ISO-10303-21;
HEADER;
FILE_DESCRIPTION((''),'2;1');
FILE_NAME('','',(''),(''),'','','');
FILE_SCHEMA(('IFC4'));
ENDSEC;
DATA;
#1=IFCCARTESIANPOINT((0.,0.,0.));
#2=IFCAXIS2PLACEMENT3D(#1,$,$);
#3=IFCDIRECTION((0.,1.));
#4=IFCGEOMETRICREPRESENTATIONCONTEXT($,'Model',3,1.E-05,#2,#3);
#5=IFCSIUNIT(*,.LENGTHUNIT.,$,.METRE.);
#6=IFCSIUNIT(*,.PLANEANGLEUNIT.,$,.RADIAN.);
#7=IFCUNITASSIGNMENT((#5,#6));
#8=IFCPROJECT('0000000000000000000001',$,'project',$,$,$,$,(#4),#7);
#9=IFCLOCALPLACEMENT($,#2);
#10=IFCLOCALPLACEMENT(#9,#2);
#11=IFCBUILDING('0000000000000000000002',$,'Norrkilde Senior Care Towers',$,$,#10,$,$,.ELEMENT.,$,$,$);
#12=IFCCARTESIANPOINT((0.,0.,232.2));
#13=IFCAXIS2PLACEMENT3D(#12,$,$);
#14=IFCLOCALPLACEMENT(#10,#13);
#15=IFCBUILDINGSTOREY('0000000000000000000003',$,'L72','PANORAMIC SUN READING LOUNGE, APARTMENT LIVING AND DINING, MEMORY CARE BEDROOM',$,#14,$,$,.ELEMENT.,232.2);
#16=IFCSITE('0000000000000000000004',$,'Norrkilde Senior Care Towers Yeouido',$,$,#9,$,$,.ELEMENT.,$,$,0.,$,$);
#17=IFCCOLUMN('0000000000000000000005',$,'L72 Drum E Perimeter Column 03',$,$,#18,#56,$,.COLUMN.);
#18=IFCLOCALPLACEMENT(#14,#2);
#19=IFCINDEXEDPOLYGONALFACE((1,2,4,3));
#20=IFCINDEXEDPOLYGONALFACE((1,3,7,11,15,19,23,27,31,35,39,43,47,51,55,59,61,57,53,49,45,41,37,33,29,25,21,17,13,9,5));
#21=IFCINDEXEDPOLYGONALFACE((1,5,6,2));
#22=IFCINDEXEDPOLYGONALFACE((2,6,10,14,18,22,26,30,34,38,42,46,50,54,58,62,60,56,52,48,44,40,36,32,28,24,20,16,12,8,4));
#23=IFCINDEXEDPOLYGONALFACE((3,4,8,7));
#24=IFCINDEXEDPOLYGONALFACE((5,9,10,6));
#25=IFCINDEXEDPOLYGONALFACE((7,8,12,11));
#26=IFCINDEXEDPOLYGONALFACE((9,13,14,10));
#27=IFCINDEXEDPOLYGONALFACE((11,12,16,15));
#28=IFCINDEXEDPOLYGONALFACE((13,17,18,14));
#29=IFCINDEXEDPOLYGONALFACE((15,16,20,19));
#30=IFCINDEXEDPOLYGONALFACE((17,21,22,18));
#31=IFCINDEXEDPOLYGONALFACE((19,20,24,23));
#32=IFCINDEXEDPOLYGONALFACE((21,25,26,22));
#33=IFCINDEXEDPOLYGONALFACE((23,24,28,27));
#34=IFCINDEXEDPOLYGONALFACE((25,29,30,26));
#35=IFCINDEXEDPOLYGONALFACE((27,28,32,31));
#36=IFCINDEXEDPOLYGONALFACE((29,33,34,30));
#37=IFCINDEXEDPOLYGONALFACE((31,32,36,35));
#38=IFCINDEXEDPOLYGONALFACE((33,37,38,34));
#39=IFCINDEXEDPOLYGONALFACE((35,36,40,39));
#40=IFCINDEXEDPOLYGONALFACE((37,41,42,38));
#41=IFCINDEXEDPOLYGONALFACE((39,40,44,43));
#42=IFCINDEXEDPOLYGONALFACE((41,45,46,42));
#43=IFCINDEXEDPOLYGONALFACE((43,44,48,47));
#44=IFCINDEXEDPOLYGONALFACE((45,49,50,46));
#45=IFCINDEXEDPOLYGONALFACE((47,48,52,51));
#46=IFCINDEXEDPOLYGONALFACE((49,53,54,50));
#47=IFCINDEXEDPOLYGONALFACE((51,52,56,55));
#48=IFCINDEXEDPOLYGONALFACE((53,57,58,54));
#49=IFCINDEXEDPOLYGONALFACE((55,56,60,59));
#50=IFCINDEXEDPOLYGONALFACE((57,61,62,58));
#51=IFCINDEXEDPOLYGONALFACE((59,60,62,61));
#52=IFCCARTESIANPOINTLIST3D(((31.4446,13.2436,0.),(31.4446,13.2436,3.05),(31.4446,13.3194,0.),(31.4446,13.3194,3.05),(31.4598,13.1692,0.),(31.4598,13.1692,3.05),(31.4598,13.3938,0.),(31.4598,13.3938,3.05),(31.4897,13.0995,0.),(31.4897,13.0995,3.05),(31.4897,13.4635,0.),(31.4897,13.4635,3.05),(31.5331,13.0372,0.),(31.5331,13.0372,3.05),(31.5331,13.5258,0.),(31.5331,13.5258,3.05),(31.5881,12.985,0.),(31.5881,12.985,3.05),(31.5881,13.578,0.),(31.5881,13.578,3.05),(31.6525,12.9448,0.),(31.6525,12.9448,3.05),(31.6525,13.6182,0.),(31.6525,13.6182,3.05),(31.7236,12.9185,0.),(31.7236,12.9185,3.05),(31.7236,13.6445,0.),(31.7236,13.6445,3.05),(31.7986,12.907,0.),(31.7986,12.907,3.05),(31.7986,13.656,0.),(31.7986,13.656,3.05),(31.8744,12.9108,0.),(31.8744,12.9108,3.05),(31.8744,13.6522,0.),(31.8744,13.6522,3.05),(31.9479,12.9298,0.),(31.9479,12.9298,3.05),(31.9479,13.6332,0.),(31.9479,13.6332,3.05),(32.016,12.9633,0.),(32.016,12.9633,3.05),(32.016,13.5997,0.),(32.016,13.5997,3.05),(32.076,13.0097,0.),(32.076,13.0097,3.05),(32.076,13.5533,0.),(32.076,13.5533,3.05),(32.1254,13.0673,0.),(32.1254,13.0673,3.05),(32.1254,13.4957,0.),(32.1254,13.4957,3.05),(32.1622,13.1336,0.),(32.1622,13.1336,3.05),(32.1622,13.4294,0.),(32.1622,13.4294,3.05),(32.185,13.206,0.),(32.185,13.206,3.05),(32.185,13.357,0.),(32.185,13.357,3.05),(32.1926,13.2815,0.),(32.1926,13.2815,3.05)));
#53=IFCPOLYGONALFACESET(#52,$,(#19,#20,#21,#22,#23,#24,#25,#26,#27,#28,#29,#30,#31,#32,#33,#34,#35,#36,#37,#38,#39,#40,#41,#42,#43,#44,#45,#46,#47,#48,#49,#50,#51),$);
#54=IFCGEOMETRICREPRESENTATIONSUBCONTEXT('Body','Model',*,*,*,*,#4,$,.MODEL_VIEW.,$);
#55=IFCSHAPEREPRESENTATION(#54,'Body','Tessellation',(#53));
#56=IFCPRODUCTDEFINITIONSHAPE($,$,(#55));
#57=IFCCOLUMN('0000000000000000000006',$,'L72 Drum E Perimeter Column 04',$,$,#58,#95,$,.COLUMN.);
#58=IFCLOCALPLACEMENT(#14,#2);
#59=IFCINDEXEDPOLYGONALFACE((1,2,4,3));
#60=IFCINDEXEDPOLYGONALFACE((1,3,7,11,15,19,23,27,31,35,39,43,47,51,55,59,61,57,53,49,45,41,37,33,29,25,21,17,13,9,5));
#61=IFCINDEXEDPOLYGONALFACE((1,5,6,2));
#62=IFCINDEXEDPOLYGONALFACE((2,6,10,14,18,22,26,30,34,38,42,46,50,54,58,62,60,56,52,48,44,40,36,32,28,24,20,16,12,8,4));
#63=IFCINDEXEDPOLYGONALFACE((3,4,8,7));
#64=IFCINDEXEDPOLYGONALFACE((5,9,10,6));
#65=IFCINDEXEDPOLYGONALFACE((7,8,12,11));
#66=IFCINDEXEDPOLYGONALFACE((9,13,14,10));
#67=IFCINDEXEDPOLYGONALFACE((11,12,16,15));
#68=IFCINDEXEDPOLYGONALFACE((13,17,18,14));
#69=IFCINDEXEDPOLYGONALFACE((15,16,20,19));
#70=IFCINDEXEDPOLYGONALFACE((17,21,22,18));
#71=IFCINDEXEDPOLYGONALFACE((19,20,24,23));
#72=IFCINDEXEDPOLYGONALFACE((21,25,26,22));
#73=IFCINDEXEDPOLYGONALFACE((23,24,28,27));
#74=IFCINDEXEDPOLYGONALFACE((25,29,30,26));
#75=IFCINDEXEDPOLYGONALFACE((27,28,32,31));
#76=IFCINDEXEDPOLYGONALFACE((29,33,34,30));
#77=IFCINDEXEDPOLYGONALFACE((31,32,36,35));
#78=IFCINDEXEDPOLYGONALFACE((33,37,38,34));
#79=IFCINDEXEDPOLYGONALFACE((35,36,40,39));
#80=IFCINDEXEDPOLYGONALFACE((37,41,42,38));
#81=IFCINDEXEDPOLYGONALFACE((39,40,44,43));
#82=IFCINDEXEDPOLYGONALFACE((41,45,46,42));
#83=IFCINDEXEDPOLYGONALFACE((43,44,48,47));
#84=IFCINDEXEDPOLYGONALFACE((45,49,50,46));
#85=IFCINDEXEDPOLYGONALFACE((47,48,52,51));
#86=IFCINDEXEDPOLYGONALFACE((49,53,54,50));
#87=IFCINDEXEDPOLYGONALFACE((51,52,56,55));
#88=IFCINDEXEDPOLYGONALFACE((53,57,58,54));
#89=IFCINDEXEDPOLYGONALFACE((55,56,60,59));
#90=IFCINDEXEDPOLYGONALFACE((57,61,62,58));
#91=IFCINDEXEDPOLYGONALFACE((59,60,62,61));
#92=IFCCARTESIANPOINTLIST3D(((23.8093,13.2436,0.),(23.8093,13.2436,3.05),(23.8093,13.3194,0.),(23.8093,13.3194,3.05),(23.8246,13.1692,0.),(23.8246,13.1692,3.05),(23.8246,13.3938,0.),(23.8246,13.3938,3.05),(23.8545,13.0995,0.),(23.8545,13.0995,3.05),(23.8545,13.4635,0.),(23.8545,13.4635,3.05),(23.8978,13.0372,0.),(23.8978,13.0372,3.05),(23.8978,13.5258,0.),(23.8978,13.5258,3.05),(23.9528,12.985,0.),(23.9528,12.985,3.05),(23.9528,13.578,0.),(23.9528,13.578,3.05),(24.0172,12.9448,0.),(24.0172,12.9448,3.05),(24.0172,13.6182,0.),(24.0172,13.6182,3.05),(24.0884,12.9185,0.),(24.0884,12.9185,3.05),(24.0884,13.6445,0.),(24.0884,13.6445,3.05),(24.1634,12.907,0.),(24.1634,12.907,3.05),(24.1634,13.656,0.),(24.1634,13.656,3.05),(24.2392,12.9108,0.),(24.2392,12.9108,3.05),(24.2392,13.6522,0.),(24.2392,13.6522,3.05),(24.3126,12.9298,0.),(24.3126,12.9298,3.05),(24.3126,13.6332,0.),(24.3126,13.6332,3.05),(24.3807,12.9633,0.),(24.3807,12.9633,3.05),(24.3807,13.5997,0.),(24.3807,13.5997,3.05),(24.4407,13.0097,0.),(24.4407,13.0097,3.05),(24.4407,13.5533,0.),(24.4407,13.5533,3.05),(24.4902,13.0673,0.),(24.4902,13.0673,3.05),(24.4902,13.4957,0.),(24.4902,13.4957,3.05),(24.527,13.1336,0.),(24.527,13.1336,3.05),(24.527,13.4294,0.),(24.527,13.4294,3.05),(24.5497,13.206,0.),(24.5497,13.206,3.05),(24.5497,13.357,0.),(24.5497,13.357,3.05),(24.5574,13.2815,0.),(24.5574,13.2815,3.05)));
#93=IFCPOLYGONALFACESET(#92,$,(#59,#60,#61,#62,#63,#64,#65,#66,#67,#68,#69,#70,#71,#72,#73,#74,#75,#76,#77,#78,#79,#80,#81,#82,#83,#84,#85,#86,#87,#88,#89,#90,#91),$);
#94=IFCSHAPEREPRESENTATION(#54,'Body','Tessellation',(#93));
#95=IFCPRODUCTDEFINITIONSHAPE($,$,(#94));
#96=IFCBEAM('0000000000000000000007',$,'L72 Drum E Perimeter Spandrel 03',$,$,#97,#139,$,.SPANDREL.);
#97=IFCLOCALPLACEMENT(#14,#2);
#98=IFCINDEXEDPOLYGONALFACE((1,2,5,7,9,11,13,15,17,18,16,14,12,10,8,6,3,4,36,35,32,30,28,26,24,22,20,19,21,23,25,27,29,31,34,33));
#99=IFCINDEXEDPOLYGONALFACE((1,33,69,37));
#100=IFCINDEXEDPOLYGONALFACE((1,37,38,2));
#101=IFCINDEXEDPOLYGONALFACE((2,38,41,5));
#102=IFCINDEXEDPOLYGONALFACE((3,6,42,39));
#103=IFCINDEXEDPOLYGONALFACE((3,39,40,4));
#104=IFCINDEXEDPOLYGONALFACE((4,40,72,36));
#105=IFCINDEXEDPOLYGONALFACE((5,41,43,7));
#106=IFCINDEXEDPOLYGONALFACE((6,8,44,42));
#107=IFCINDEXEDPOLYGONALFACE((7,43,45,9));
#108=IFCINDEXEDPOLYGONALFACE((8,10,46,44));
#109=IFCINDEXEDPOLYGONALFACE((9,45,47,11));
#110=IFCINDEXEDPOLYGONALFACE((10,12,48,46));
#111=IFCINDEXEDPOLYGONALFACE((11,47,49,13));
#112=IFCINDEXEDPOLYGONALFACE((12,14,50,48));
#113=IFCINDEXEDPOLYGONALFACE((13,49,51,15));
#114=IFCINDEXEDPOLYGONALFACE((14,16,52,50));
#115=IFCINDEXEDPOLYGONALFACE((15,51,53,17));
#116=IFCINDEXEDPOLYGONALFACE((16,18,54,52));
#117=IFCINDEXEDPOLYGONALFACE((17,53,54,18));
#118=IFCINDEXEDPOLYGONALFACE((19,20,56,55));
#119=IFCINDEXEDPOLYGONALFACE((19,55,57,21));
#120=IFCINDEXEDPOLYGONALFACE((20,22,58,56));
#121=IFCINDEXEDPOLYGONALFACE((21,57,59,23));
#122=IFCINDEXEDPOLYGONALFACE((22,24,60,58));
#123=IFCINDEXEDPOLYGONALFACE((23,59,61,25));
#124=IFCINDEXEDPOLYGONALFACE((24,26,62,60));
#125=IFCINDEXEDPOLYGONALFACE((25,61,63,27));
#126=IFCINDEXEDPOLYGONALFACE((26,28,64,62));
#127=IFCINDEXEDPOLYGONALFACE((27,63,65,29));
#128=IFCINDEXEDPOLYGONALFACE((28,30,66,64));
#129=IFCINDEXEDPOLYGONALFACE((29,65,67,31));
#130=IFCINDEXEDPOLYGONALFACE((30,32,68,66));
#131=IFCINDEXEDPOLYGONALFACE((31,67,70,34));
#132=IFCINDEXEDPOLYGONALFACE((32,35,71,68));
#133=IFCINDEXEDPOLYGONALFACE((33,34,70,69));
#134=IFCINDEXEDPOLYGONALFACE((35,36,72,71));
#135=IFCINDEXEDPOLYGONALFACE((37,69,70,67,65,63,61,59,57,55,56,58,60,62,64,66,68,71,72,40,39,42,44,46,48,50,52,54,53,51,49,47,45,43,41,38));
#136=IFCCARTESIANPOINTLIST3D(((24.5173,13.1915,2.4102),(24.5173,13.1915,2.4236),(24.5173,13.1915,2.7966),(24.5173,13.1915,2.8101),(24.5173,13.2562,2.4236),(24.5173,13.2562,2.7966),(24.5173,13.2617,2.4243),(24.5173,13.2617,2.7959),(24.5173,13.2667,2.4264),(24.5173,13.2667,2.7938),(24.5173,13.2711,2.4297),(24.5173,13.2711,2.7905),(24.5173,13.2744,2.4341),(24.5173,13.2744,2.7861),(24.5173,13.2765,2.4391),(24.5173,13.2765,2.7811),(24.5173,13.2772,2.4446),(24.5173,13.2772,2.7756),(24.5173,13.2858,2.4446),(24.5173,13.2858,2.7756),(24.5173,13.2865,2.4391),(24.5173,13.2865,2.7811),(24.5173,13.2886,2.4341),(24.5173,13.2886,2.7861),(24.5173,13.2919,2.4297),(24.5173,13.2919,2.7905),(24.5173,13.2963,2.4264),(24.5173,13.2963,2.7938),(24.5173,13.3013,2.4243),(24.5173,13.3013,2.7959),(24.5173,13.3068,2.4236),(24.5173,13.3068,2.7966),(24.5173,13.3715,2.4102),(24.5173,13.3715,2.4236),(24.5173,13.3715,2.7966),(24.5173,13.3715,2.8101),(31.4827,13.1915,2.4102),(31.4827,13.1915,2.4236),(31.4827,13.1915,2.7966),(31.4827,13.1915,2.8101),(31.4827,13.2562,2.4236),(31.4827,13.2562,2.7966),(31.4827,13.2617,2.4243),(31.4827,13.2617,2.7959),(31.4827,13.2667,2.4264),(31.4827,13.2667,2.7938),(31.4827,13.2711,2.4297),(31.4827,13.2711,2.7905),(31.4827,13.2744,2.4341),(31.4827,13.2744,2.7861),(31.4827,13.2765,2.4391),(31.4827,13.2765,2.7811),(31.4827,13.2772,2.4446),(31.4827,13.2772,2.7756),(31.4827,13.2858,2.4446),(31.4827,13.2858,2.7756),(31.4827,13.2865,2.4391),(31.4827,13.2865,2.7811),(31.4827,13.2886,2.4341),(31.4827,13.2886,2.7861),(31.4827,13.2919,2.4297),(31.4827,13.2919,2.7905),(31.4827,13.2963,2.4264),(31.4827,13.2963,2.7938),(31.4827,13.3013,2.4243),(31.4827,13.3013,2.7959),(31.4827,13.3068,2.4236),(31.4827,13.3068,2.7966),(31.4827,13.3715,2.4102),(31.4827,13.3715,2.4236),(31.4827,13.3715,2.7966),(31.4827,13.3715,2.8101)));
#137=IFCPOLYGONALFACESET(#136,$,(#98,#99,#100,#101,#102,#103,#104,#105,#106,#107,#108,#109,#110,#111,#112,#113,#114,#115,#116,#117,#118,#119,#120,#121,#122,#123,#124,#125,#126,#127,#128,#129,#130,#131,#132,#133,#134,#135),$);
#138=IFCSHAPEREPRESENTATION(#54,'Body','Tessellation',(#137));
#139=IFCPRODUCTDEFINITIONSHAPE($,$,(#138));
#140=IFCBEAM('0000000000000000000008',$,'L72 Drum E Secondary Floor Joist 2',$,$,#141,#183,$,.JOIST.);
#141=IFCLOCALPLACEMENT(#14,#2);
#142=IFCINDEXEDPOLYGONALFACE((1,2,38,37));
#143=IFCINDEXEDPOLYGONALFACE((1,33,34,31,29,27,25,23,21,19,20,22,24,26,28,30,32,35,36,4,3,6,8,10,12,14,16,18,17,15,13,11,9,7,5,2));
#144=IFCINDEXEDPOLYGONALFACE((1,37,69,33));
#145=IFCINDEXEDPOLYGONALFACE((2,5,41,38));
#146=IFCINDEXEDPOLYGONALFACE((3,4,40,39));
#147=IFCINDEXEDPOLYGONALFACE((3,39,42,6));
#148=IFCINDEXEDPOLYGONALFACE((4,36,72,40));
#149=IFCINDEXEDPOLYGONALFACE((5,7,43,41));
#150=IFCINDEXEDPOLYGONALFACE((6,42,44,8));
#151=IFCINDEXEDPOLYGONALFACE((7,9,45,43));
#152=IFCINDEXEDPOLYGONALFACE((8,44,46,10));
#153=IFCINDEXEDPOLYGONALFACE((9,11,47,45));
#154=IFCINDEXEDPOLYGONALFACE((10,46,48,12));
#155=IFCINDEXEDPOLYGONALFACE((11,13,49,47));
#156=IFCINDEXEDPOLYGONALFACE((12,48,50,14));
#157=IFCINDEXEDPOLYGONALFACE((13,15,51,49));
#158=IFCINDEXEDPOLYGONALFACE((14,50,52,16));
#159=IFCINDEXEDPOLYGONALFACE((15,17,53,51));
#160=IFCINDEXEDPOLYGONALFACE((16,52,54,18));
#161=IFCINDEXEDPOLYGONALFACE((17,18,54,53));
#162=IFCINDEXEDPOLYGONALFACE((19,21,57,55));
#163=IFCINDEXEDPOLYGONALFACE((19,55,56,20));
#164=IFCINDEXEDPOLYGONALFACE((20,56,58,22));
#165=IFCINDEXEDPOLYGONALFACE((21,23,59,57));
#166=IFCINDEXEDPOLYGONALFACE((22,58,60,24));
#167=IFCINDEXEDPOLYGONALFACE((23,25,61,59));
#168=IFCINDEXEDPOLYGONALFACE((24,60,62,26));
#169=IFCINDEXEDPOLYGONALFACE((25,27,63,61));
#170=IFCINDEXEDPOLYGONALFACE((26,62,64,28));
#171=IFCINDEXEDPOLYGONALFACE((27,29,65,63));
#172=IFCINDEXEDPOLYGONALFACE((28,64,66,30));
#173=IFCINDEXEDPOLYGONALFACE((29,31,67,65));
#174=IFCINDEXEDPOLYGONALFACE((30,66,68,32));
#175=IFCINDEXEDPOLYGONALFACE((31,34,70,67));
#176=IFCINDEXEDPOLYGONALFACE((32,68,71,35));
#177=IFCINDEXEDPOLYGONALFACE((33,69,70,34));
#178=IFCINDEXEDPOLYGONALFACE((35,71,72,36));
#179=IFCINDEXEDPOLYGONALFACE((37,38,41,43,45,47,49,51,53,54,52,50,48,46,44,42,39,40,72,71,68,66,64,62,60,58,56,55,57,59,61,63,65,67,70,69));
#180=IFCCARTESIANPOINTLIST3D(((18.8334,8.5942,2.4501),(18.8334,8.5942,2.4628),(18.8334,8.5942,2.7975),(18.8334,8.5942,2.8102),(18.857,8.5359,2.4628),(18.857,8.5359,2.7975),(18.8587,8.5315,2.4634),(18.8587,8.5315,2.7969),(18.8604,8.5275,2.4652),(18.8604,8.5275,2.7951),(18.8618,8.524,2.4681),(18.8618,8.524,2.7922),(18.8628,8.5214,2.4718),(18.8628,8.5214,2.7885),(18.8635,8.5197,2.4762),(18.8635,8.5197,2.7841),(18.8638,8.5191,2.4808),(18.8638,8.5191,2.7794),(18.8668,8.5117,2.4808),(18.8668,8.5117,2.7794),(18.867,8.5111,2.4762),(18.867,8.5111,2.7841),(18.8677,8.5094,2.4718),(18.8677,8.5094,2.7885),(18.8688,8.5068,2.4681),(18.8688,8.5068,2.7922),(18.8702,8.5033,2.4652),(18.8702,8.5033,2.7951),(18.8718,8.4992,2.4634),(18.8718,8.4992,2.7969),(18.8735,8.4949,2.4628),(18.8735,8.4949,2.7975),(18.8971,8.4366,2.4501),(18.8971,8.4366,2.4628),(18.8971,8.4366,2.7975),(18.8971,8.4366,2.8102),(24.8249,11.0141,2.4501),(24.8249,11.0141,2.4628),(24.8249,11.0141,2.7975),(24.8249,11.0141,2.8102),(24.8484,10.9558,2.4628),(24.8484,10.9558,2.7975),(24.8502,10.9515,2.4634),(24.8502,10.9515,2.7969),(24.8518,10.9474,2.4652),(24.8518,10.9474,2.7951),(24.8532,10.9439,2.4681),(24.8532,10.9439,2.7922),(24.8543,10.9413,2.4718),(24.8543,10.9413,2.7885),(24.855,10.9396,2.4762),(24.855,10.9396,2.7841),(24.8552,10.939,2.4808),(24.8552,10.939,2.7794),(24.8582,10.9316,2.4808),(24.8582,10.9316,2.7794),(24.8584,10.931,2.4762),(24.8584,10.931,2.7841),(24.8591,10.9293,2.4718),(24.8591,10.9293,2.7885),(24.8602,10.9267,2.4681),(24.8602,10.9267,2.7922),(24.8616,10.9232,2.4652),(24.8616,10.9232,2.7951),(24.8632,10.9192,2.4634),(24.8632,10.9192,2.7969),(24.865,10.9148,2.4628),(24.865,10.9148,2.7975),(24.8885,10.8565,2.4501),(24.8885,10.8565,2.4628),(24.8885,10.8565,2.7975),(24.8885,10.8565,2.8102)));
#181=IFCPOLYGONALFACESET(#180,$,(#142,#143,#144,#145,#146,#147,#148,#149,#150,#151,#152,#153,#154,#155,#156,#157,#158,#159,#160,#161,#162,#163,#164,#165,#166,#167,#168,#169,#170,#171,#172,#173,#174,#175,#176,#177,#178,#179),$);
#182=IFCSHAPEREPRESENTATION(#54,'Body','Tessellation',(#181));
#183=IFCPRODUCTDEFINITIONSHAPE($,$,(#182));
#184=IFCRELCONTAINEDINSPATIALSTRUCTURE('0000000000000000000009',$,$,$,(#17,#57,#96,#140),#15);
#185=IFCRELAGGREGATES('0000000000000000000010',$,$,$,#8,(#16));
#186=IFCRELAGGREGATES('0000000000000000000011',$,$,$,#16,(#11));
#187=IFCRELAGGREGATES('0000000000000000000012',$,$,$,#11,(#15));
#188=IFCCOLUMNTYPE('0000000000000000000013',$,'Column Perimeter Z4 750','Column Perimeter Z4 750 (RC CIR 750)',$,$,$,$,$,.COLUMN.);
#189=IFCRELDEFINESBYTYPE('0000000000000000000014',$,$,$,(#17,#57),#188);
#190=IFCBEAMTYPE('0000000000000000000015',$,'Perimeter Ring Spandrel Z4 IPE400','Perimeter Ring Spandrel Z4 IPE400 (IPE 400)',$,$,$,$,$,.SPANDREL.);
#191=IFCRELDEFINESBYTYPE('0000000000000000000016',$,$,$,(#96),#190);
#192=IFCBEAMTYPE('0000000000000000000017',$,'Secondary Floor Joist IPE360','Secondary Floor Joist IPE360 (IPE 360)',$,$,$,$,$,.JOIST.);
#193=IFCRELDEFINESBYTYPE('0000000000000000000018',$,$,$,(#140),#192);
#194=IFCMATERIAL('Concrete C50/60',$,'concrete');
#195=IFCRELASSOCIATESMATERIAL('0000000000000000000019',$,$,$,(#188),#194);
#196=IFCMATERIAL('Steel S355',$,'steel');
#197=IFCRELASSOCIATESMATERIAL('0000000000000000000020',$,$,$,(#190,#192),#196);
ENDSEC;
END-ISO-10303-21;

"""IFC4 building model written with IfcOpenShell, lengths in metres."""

from ifc_helpers import new_model, si_unit, direction, frame, origin, origin_2d, place, context, subcontext, project, spatial, circle, i_section, extrude, source, transform, mapped, material, material_profile, profile_set, type_object, type_shapes, element, save


model = new_model("IFC4")

# Units and contexts
model_context = context("Model", 3, precision=1e-05, world=origin(), true_north=direction((0.0, 1.0)))
body_context = subcontext(model_context, "Body", "Model", "MODEL_VIEW")
ifc_project = project(units=[si_unit("LENGTHUNIT", "METRE"), si_unit("PLANEANGLEUNIT", "RADIAN")], contexts=[model_context])

# Site, building, storey
site_placement = place(None, origin())
site = spatial("IfcSite", under=ifc_project, at=site_placement, Name="Norrkilde Senior Care Towers Yeouido", CompositionType="ELEMENT", RefElevation=0.0)
building_placement = place(site_placement, origin())
building = spatial("IfcBuilding", under=site, at=building_placement, Name="Norrkilde Senior Care Towers", CompositionType="ELEMENT")
storey_placement = place(building_placement, frame((0.0, 0.0, 232.2)))
storey = spatial("IfcBuildingStorey", under=building, at=storey_placement, Name="L72", Description="PANORAMIC SUN READING LOUNGE, APARTMENT LIVING AND DINING, MEMORY CARE BEDROOM", CompositionType="ELEMENT", Elevation=232.2)

# Columns
ifc_material_1 = material(Name="Concrete C50/60", Category="concrete")
ifc_material_profile_1 = material_profile(ifc_material_1, circle(Radius=0.375, at=origin_2d()), Name="RC CIR 750")
ifc_profile_set_1 = profile_set([ifc_material_profile_1], Name="Concrete C50/60")
column_type = type_object("IfcColumnType", Name="Column Perimeter Z4 750", Description="Column Perimeter Z4 750 (RC CIR 750)", PredefinedType="COLUMN", material=ifc_profile_set_1)
shared_shape_1 = source(origin(), body_context, "Body", "SweptSolid", [
    extrude(circle(Radius=0.375, at=origin_2d()), origin(), (0.0, 0.0, 1.0), 3.05),
])
type_shapes(column_type, [shared_shape_1])
for number, where, z_axis, x_axis, name in (
    (1, (31.8176, 13.2815, 0.0), (0.0, 0.0, 1.0), (1.0, 0.0, 0.0), "L72 Drum E Perimeter Column 03"),
    (2, (24.1824, 13.2815, 0.0), (0.0, 0.0, 1.0), (1.0, 0.0, 0.0), "L72 Drum E Perimeter Column 04"),
):
    element("IfcColumn", number, at=place(storey_placement, frame(where, z_axis=z_axis, x_axis=x_axis)), inside=storey, type_object=column_type, Name=name, PredefinedType="COLUMN", context=body_context, shape_type="MappedRepresentation", body=[
        mapped(shared_shape_1, transform((0.0, 0.0, 0.0), x_axis=(1.0, 0.0, 0.0), y_axis=(0.0, 1.0, 0.0), z_axis=(0.0, 0.0, 1.0), scale=1.0)),
    ])

# Beams
ifc_material_2 = material(Name="Steel S355", Category="steel")
ifc_material_profile_2 = material_profile(ifc_material_2, i_section(OverallWidth=0.1799, OverallDepth=0.3999, WebThickness=0.0085, FlangeThickness=0.0134, FilletRadius=0.021, at=origin_2d()), Name="IPE 400")
ifc_profile_set_2 = profile_set([ifc_material_profile_2], Name="Steel S355")
beam_type_1 = type_object("IfcBeamType", Name="Perimeter Ring Spandrel Z4 IPE400", Description="Perimeter Ring Spandrel Z4 IPE400 (IPE 400)", PredefinedType="SPANDREL", material=ifc_profile_set_2)
shared_shape_2 = source(origin(), body_context, "Body", "SweptSolid", [
    extrude(i_section(OverallWidth=0.1799, OverallDepth=0.3999, WebThickness=0.0085, FlangeThickness=0.0134, FilletRadius=0.021, at=origin_2d()), origin(), (0.0, 0.0, 1.0), 6.9653),
])
type_shapes(beam_type_1, [shared_shape_2])
beam_1_placement = place(storey_placement, frame((31.4827, 13.2815, 2.6101), z_axis=(-1.0, 0.0, 0.0), x_axis=(0.0, -1.0, 0.0)))
element("IfcBeam", 3, at=beam_1_placement, inside=storey, type_object=beam_type_1, Name="L72 Drum E Perimeter Spandrel 03", PredefinedType="SPANDREL", context=body_context, shape_type="MappedRepresentation", body=[
    mapped(shared_shape_2, transform((0.0, 0.0, 0.0), x_axis=(1.0, 0.0, 0.0), y_axis=(0.0, 1.0, 0.0), z_axis=(0.0, 0.0, 1.0), scale=1.0)),
])
ifc_material_profile_3 = material_profile(ifc_material_2, i_section(OverallWidth=0.1699, OverallDepth=0.3601, WebThickness=0.0081, FlangeThickness=0.0127, FilletRadius=0.0181, at=origin_2d()), Name="IPE 360")
ifc_profile_set_3 = profile_set([ifc_material_profile_3], Name="Steel S355")
beam_type_2 = type_object("IfcBeamType", Name="Secondary Floor Joist IPE360", Description="Secondary Floor Joist IPE360 (IPE 360)", PredefinedType="JOIST", material=ifc_profile_set_3)
shared_shape_3 = source(origin(), body_context, "Body", "SweptSolid", [
    extrude(i_section(OverallWidth=0.1699, OverallDepth=0.3601, WebThickness=0.0081, FlangeThickness=0.0127, FilletRadius=0.0181, at=origin_2d()), origin(), (0.0, 0.0, 1.0), 6.4617),
])
type_shapes(beam_type_2, [shared_shape_3])
beam_2_placement = place(storey_placement, frame((24.8567, 10.9353, 2.6301), z_axis=(-0.927226, -0.374502, 0.0), x_axis=(0.374502, -0.927226, 0.0)))
element("IfcBeam", 4, at=beam_2_placement, inside=storey, type_object=beam_type_2, Name="L72 Drum E Secondary Floor Joist 2", PredefinedType="JOIST", context=body_context, shape_type="MappedRepresentation", body=[
    mapped(shared_shape_3, transform((0.0, 0.0, 0.0), x_axis=(1.0, 0.0, 0.0), y_axis=(0.0, 1.0, 0.0), z_axis=(0.0, 0.0, 1.0), scale=1.0)),
])

save(model, "model.ifc")
